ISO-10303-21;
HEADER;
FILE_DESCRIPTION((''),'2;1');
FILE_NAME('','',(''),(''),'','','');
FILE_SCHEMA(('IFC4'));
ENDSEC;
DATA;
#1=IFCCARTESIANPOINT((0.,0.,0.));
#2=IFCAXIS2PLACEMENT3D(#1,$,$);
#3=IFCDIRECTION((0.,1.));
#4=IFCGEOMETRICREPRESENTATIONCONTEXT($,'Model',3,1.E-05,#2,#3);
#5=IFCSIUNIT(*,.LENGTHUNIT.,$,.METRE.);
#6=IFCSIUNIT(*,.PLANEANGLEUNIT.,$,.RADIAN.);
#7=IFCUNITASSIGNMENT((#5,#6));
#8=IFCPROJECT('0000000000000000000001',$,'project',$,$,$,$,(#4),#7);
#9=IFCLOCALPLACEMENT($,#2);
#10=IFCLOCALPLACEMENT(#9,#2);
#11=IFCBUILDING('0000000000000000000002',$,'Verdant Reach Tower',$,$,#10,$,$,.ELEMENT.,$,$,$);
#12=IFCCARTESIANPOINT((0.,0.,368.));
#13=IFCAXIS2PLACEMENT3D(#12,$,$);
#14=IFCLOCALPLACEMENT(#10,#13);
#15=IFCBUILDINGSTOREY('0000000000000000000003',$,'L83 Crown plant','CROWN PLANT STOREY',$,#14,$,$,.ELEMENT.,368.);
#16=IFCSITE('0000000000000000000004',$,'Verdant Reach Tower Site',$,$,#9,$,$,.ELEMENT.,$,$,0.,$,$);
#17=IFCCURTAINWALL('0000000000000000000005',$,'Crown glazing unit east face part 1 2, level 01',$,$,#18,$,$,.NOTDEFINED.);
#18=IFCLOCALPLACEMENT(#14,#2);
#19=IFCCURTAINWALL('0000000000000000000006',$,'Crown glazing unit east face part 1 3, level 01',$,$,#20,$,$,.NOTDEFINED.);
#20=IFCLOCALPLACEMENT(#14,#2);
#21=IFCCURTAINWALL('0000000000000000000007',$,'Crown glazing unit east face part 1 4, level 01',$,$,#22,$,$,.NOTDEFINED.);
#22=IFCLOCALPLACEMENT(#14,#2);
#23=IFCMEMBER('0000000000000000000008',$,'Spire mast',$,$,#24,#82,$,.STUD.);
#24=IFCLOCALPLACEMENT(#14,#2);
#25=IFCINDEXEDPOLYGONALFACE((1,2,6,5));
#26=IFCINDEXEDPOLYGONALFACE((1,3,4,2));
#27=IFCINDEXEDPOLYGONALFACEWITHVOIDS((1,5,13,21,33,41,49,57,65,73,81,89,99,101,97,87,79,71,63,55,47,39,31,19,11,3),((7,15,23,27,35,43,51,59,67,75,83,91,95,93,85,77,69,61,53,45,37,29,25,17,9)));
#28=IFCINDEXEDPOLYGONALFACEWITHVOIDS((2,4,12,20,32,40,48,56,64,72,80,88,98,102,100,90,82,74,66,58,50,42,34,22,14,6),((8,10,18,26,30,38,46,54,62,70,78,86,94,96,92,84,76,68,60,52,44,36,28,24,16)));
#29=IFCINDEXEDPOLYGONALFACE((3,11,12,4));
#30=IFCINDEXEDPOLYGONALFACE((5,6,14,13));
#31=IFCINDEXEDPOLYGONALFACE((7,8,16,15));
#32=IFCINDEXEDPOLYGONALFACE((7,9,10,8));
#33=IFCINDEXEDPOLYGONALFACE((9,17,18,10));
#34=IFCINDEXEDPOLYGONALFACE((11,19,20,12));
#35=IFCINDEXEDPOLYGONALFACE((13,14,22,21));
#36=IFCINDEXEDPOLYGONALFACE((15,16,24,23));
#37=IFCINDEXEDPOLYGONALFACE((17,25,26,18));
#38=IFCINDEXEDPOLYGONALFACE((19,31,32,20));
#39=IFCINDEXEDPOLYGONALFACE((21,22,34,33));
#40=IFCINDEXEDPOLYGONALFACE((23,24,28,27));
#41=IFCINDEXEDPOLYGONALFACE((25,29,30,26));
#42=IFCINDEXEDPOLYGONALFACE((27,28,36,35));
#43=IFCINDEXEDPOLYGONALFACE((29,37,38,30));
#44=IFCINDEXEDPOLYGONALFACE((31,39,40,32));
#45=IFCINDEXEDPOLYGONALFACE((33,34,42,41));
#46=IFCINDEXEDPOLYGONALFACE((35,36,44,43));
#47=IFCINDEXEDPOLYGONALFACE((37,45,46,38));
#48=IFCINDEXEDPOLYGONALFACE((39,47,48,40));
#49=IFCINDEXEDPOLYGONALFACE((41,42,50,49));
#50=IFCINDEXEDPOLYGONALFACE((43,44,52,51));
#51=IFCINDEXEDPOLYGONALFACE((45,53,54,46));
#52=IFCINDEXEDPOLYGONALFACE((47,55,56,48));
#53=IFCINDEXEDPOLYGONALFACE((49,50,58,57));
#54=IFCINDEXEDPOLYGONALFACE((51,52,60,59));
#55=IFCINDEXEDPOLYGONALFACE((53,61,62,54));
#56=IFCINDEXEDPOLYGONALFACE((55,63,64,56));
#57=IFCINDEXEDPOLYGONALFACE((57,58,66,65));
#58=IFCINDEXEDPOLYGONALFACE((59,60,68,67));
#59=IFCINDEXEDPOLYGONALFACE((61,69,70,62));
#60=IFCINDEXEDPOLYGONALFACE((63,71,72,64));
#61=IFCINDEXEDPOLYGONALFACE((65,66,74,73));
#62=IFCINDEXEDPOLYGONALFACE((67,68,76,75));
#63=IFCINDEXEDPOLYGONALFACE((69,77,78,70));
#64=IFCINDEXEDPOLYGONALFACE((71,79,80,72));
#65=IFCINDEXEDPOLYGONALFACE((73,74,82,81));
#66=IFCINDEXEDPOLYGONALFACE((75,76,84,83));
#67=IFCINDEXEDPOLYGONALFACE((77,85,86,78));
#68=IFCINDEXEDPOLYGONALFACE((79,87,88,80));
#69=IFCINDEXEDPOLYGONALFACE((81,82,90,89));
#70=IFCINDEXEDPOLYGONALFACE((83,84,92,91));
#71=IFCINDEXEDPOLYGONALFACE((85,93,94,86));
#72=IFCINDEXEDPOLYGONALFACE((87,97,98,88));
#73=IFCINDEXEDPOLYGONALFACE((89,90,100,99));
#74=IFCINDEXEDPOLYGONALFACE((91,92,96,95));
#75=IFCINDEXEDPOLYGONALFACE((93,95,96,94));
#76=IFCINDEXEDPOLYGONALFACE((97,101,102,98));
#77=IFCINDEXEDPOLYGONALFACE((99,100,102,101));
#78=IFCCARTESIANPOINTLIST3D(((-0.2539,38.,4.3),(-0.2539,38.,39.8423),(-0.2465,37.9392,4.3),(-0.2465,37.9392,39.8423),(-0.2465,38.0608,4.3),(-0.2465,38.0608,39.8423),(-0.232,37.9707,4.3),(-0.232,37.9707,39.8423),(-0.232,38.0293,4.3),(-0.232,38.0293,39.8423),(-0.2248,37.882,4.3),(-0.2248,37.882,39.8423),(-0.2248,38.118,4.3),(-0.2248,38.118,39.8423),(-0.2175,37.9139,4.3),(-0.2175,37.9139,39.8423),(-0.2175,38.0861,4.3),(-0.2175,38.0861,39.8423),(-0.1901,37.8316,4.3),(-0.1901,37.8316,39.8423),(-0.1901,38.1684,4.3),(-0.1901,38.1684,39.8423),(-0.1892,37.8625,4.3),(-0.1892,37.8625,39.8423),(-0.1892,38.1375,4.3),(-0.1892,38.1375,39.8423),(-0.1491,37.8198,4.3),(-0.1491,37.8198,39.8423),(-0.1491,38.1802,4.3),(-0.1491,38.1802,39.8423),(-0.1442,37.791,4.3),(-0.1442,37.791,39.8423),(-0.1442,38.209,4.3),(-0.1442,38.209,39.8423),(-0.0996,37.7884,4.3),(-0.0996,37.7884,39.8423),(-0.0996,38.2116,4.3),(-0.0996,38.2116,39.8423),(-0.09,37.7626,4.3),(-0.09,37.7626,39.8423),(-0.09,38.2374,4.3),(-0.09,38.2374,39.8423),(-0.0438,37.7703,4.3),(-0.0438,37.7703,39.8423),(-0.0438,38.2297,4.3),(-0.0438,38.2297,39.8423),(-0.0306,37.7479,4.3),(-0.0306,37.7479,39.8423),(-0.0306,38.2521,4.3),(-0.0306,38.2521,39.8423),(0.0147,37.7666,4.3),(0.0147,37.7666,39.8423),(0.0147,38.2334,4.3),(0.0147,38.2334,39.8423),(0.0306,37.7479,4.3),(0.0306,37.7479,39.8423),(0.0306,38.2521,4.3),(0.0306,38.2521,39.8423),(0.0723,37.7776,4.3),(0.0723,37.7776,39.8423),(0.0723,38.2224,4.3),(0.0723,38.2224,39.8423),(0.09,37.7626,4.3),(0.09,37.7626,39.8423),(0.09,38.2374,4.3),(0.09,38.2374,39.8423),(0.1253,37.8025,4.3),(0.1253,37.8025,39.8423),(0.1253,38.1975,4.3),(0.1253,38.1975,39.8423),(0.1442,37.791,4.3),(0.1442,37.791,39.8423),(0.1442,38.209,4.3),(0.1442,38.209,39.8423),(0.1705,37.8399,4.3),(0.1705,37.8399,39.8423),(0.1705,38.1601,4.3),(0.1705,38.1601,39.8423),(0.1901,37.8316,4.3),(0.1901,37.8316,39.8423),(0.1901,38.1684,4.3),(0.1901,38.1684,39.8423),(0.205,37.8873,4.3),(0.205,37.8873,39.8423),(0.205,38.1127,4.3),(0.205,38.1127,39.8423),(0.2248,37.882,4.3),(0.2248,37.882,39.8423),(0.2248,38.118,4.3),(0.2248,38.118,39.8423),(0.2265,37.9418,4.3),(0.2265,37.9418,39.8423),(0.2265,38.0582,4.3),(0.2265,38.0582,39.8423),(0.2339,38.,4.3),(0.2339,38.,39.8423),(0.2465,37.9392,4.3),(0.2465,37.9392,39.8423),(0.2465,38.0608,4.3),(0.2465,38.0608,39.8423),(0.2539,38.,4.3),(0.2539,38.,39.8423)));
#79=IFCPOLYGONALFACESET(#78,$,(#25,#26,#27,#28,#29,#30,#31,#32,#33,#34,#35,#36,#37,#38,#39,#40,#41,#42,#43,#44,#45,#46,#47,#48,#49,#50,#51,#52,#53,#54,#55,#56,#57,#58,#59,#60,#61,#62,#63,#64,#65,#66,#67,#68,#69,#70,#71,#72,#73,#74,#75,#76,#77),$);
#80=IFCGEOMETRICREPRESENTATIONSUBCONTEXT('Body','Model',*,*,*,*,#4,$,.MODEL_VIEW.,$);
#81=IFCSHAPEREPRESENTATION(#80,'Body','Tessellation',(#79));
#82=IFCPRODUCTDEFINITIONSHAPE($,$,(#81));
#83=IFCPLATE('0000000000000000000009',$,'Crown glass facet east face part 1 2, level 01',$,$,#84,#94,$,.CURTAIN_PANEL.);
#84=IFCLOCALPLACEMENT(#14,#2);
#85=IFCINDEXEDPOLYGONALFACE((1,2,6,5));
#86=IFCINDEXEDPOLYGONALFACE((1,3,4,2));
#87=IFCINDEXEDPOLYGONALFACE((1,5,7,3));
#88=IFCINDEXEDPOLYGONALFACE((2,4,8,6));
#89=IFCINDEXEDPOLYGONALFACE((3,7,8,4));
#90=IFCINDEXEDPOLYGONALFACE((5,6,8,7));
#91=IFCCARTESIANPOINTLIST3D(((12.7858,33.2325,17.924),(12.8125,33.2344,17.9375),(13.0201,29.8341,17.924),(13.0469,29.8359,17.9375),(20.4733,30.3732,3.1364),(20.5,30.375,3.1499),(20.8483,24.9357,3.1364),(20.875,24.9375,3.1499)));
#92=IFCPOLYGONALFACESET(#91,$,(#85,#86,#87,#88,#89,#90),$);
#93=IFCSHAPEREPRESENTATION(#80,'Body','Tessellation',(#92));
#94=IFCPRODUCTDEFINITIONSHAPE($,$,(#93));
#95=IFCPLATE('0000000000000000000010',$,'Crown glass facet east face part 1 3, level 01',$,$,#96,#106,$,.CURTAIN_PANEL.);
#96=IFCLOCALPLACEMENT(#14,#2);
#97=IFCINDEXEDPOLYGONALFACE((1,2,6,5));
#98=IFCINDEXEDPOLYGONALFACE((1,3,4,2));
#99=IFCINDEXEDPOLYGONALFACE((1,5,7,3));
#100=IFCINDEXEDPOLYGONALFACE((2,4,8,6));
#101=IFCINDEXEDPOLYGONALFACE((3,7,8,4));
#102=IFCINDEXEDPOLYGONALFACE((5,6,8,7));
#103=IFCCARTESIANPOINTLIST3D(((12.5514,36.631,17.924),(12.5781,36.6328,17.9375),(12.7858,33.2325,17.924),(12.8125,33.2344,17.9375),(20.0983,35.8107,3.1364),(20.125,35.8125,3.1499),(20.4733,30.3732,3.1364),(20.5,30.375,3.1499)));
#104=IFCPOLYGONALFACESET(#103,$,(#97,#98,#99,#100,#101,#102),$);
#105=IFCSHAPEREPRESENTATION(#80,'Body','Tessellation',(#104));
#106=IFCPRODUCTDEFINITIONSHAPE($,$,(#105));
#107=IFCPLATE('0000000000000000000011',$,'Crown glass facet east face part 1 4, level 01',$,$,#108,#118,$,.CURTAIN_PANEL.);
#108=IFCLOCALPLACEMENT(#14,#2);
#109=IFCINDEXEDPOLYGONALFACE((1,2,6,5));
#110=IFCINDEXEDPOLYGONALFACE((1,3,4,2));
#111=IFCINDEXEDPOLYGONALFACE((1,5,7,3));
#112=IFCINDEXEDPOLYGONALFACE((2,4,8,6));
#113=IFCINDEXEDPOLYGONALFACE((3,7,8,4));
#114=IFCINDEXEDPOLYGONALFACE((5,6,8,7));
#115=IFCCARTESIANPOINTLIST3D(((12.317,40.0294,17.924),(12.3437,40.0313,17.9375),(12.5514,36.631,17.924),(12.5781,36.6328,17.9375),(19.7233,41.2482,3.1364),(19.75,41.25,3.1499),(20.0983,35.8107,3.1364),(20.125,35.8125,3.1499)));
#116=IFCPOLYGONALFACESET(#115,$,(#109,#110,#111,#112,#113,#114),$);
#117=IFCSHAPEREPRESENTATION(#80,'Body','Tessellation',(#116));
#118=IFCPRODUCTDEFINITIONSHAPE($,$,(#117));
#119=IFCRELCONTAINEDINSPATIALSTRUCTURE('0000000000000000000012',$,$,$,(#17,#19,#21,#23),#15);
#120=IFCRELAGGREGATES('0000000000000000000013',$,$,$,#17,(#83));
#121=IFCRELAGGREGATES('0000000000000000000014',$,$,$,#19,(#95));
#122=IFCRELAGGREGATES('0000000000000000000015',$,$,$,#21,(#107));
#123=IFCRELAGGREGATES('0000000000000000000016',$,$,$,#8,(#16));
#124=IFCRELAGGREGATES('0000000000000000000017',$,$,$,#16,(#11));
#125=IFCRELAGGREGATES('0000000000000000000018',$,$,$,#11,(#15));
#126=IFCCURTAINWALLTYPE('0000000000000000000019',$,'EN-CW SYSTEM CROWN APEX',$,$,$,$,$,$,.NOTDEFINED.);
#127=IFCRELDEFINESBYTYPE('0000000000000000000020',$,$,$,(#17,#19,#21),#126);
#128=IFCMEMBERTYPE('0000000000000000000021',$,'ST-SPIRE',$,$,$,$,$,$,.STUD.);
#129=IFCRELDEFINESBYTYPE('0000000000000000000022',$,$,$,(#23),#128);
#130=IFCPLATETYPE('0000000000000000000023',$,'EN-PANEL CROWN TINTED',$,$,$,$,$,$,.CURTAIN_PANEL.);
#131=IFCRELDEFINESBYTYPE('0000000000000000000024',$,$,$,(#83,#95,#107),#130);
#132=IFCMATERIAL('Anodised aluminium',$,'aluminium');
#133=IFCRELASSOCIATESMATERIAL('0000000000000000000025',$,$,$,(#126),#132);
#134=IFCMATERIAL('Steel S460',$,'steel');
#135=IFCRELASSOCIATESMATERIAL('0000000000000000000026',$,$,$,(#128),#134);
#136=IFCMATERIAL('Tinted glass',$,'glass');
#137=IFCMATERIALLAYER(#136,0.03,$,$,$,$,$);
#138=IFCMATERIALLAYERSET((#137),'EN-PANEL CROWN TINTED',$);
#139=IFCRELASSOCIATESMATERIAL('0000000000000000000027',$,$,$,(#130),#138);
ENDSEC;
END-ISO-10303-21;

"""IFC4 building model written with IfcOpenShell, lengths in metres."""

from ifc_helpers import new_model, si_unit, direction, frame, origin, origin_2d, place, context, subcontext, project, spatial, polyline, hollow_circle, outline, extrude, material, layer, layer_set, material_profile, profile_set, type_object, element, aggregate, save


model = new_model("IFC4")

# Units and contexts
model_context = context("Model", 3, precision=1e-05, world=origin(), true_north=direction((0.0, 1.0)))
body_context = subcontext(model_context, "Body", "Model", "MODEL_VIEW")
ifc_project = project(units=[si_unit("LENGTHUNIT", "METRE"), si_unit("PLANEANGLEUNIT", "RADIAN")], contexts=[model_context])

# Site, building, storey
site_placement = place(None, origin())
site = spatial("IfcSite", under=ifc_project, at=site_placement, Name="Verdant Reach Tower Site", CompositionType="ELEMENT", RefElevation=0.0)
building_placement = place(site_placement, origin())
building = spatial("IfcBuilding", under=site, at=building_placement, Name="Verdant Reach Tower", CompositionType="ELEMENT")
storey_placement = place(building_placement, frame((0.0, 0.0, 368.0)))
storey = spatial("IfcBuildingStorey", under=building, at=storey_placement, Name="L83 Crown plant", Description="CROWN PLANT STOREY", CompositionType="ELEMENT", Elevation=368.0)

# Shared definitions
ifc_material_1 = material(Name="Steel S460", Category="steel")

# Curtain walls
ifc_material_2 = material(Name="Anodised aluminium", Category="aluminium")
curtain_wall_type = type_object("IfcCurtainWallType", Name="EN-CW SYSTEM CROWN APEX", PredefinedType="NOTDEFINED", material=ifc_material_2)
curtain_wall_1_placement = place(storey_placement, origin())
curtain_wall_1 = element("IfcCurtainWall", 1, at=curtain_wall_1_placement, inside=storey, type_object=curtain_wall_type, Name="Crown glazing unit east face part 1 2, level 01", PredefinedType="NOTDEFINED")
curtain_wall_2_placement = place(storey_placement, origin())
curtain_wall_2 = element("IfcCurtainWall", 2, at=curtain_wall_2_placement, inside=storey, type_object=curtain_wall_type, Name="Crown glazing unit east face part 1 3, level 01", PredefinedType="NOTDEFINED")
curtain_wall_3_placement = place(storey_placement, origin())
curtain_wall_3 = element("IfcCurtainWall", 3, at=curtain_wall_3_placement, inside=storey, type_object=curtain_wall_type, Name="Crown glazing unit east face part 1 4, level 01", PredefinedType="NOTDEFINED")

# Member
ifc_material_profile_1 = material_profile(ifc_material_1, hollow_circle(Radius=0.2539, WallThickness=0.02, at=origin_2d()), Name="CHS 508x20")
ifc_profile_set_1 = profile_set([ifc_material_profile_1], Name="Steel S460")
member_type_1 = type_object("IfcMemberType", Name="ST-SPIRE", PredefinedType="STUD", material=ifc_profile_set_1)
member_1_placement = place(storey_placement, frame((0.0, 38.0, 4.3), z_axis=(0.0, 0.0, 1.0), x_axis=(1.0, 0.0, 0.0)))
element("IfcMember", 4, at=member_1_placement, inside=storey, type_object=member_type_1, Name="Spire mast", PredefinedType="STUD", context=body_context, shape_type="SweptSolid", body=[
    extrude(hollow_circle(Radius=0.2539, WallThickness=0.02, at=origin_2d()), origin(), (0.0, 0.0, 1.0), 35.5422),
])

# Plates
ifc_material_3 = material(Name="Tinted glass", Category="glass")
ifc_layer_1 = layer(ifc_material_3, 0.03)
ifc_layer_set_1 = layer_set([ifc_layer_1], Name="EN-PANEL CROWN TINTED")
plate_type = type_object("IfcPlateType", Name="EN-PANEL CROWN TINTED", PredefinedType="CURTAIN_PANEL", material=ifc_layer_set_1)
plate_1_placement = place(storey_placement, frame((20.875, 24.9375, 3.1499), z_axis=(0.890403, 0.061407, 0.451012), x_axis=(-0.068802, 0.99763, 0.0)))
plate_1 = element("IfcPlate", 5, at=plate_1_placement, type_object=plate_type, Name="Crown glass facet east face part 1 2, level 01", PredefinedType="CURTAIN_PANEL", context=body_context, shape_type="SweptSolid", body=[
    extrude(outline(polyline([(0.0, 0.0), (5.4504, 0.0), (8.8319, 16.5684), (5.4254, 16.5684), (0.0, 0.0)])), origin(), (0.0, 0.0, -1.0), 0.03),
])
aggregate(curtain_wall_1, [plate_1])
plate_2_placement = place(storey_placement, frame((20.5, 30.375, 3.1499), z_axis=(0.890403, 0.061407, 0.451012), x_axis=(-0.068802, 0.99763, 0.0)))
plate_2 = element("IfcPlate", 6, at=plate_2_placement, type_object=plate_type, Name="Crown glass facet east face part 1 3, level 01", PredefinedType="CURTAIN_PANEL", context=body_context, shape_type="SweptSolid", body=[
    extrude(outline(polyline([(0.0, 0.0), (5.4504, 0.0), (6.788, 16.5684), (3.3815, 16.5684), (0.0, 0.0)])), origin(), (0.0, 0.0, -1.0), 0.03),
])
aggregate(curtain_wall_2, [plate_2])
plate_3_placement = place(storey_placement, frame((20.125, 35.8125, 3.1499), z_axis=(0.890403, 0.061407, 0.451012), x_axis=(-0.068802, 0.99763, 0.0)))
plate_3 = element("IfcPlate", 7, at=plate_3_placement, type_object=plate_type, Name="Crown glass facet east face part 1 4, level 01", PredefinedType="CURTAIN_PANEL", context=body_context, shape_type="SweptSolid", body=[
    extrude(outline(polyline([(0.0, 0.0), (5.4504, 0.0), (4.7441, 16.5684), (1.3376, 16.5684), (0.0, 0.0)])), origin(), (0.0, 0.0, -1.0), 0.03),
])
aggregate(curtain_wall_3, [plate_3])

save(model, "model.ifc")
